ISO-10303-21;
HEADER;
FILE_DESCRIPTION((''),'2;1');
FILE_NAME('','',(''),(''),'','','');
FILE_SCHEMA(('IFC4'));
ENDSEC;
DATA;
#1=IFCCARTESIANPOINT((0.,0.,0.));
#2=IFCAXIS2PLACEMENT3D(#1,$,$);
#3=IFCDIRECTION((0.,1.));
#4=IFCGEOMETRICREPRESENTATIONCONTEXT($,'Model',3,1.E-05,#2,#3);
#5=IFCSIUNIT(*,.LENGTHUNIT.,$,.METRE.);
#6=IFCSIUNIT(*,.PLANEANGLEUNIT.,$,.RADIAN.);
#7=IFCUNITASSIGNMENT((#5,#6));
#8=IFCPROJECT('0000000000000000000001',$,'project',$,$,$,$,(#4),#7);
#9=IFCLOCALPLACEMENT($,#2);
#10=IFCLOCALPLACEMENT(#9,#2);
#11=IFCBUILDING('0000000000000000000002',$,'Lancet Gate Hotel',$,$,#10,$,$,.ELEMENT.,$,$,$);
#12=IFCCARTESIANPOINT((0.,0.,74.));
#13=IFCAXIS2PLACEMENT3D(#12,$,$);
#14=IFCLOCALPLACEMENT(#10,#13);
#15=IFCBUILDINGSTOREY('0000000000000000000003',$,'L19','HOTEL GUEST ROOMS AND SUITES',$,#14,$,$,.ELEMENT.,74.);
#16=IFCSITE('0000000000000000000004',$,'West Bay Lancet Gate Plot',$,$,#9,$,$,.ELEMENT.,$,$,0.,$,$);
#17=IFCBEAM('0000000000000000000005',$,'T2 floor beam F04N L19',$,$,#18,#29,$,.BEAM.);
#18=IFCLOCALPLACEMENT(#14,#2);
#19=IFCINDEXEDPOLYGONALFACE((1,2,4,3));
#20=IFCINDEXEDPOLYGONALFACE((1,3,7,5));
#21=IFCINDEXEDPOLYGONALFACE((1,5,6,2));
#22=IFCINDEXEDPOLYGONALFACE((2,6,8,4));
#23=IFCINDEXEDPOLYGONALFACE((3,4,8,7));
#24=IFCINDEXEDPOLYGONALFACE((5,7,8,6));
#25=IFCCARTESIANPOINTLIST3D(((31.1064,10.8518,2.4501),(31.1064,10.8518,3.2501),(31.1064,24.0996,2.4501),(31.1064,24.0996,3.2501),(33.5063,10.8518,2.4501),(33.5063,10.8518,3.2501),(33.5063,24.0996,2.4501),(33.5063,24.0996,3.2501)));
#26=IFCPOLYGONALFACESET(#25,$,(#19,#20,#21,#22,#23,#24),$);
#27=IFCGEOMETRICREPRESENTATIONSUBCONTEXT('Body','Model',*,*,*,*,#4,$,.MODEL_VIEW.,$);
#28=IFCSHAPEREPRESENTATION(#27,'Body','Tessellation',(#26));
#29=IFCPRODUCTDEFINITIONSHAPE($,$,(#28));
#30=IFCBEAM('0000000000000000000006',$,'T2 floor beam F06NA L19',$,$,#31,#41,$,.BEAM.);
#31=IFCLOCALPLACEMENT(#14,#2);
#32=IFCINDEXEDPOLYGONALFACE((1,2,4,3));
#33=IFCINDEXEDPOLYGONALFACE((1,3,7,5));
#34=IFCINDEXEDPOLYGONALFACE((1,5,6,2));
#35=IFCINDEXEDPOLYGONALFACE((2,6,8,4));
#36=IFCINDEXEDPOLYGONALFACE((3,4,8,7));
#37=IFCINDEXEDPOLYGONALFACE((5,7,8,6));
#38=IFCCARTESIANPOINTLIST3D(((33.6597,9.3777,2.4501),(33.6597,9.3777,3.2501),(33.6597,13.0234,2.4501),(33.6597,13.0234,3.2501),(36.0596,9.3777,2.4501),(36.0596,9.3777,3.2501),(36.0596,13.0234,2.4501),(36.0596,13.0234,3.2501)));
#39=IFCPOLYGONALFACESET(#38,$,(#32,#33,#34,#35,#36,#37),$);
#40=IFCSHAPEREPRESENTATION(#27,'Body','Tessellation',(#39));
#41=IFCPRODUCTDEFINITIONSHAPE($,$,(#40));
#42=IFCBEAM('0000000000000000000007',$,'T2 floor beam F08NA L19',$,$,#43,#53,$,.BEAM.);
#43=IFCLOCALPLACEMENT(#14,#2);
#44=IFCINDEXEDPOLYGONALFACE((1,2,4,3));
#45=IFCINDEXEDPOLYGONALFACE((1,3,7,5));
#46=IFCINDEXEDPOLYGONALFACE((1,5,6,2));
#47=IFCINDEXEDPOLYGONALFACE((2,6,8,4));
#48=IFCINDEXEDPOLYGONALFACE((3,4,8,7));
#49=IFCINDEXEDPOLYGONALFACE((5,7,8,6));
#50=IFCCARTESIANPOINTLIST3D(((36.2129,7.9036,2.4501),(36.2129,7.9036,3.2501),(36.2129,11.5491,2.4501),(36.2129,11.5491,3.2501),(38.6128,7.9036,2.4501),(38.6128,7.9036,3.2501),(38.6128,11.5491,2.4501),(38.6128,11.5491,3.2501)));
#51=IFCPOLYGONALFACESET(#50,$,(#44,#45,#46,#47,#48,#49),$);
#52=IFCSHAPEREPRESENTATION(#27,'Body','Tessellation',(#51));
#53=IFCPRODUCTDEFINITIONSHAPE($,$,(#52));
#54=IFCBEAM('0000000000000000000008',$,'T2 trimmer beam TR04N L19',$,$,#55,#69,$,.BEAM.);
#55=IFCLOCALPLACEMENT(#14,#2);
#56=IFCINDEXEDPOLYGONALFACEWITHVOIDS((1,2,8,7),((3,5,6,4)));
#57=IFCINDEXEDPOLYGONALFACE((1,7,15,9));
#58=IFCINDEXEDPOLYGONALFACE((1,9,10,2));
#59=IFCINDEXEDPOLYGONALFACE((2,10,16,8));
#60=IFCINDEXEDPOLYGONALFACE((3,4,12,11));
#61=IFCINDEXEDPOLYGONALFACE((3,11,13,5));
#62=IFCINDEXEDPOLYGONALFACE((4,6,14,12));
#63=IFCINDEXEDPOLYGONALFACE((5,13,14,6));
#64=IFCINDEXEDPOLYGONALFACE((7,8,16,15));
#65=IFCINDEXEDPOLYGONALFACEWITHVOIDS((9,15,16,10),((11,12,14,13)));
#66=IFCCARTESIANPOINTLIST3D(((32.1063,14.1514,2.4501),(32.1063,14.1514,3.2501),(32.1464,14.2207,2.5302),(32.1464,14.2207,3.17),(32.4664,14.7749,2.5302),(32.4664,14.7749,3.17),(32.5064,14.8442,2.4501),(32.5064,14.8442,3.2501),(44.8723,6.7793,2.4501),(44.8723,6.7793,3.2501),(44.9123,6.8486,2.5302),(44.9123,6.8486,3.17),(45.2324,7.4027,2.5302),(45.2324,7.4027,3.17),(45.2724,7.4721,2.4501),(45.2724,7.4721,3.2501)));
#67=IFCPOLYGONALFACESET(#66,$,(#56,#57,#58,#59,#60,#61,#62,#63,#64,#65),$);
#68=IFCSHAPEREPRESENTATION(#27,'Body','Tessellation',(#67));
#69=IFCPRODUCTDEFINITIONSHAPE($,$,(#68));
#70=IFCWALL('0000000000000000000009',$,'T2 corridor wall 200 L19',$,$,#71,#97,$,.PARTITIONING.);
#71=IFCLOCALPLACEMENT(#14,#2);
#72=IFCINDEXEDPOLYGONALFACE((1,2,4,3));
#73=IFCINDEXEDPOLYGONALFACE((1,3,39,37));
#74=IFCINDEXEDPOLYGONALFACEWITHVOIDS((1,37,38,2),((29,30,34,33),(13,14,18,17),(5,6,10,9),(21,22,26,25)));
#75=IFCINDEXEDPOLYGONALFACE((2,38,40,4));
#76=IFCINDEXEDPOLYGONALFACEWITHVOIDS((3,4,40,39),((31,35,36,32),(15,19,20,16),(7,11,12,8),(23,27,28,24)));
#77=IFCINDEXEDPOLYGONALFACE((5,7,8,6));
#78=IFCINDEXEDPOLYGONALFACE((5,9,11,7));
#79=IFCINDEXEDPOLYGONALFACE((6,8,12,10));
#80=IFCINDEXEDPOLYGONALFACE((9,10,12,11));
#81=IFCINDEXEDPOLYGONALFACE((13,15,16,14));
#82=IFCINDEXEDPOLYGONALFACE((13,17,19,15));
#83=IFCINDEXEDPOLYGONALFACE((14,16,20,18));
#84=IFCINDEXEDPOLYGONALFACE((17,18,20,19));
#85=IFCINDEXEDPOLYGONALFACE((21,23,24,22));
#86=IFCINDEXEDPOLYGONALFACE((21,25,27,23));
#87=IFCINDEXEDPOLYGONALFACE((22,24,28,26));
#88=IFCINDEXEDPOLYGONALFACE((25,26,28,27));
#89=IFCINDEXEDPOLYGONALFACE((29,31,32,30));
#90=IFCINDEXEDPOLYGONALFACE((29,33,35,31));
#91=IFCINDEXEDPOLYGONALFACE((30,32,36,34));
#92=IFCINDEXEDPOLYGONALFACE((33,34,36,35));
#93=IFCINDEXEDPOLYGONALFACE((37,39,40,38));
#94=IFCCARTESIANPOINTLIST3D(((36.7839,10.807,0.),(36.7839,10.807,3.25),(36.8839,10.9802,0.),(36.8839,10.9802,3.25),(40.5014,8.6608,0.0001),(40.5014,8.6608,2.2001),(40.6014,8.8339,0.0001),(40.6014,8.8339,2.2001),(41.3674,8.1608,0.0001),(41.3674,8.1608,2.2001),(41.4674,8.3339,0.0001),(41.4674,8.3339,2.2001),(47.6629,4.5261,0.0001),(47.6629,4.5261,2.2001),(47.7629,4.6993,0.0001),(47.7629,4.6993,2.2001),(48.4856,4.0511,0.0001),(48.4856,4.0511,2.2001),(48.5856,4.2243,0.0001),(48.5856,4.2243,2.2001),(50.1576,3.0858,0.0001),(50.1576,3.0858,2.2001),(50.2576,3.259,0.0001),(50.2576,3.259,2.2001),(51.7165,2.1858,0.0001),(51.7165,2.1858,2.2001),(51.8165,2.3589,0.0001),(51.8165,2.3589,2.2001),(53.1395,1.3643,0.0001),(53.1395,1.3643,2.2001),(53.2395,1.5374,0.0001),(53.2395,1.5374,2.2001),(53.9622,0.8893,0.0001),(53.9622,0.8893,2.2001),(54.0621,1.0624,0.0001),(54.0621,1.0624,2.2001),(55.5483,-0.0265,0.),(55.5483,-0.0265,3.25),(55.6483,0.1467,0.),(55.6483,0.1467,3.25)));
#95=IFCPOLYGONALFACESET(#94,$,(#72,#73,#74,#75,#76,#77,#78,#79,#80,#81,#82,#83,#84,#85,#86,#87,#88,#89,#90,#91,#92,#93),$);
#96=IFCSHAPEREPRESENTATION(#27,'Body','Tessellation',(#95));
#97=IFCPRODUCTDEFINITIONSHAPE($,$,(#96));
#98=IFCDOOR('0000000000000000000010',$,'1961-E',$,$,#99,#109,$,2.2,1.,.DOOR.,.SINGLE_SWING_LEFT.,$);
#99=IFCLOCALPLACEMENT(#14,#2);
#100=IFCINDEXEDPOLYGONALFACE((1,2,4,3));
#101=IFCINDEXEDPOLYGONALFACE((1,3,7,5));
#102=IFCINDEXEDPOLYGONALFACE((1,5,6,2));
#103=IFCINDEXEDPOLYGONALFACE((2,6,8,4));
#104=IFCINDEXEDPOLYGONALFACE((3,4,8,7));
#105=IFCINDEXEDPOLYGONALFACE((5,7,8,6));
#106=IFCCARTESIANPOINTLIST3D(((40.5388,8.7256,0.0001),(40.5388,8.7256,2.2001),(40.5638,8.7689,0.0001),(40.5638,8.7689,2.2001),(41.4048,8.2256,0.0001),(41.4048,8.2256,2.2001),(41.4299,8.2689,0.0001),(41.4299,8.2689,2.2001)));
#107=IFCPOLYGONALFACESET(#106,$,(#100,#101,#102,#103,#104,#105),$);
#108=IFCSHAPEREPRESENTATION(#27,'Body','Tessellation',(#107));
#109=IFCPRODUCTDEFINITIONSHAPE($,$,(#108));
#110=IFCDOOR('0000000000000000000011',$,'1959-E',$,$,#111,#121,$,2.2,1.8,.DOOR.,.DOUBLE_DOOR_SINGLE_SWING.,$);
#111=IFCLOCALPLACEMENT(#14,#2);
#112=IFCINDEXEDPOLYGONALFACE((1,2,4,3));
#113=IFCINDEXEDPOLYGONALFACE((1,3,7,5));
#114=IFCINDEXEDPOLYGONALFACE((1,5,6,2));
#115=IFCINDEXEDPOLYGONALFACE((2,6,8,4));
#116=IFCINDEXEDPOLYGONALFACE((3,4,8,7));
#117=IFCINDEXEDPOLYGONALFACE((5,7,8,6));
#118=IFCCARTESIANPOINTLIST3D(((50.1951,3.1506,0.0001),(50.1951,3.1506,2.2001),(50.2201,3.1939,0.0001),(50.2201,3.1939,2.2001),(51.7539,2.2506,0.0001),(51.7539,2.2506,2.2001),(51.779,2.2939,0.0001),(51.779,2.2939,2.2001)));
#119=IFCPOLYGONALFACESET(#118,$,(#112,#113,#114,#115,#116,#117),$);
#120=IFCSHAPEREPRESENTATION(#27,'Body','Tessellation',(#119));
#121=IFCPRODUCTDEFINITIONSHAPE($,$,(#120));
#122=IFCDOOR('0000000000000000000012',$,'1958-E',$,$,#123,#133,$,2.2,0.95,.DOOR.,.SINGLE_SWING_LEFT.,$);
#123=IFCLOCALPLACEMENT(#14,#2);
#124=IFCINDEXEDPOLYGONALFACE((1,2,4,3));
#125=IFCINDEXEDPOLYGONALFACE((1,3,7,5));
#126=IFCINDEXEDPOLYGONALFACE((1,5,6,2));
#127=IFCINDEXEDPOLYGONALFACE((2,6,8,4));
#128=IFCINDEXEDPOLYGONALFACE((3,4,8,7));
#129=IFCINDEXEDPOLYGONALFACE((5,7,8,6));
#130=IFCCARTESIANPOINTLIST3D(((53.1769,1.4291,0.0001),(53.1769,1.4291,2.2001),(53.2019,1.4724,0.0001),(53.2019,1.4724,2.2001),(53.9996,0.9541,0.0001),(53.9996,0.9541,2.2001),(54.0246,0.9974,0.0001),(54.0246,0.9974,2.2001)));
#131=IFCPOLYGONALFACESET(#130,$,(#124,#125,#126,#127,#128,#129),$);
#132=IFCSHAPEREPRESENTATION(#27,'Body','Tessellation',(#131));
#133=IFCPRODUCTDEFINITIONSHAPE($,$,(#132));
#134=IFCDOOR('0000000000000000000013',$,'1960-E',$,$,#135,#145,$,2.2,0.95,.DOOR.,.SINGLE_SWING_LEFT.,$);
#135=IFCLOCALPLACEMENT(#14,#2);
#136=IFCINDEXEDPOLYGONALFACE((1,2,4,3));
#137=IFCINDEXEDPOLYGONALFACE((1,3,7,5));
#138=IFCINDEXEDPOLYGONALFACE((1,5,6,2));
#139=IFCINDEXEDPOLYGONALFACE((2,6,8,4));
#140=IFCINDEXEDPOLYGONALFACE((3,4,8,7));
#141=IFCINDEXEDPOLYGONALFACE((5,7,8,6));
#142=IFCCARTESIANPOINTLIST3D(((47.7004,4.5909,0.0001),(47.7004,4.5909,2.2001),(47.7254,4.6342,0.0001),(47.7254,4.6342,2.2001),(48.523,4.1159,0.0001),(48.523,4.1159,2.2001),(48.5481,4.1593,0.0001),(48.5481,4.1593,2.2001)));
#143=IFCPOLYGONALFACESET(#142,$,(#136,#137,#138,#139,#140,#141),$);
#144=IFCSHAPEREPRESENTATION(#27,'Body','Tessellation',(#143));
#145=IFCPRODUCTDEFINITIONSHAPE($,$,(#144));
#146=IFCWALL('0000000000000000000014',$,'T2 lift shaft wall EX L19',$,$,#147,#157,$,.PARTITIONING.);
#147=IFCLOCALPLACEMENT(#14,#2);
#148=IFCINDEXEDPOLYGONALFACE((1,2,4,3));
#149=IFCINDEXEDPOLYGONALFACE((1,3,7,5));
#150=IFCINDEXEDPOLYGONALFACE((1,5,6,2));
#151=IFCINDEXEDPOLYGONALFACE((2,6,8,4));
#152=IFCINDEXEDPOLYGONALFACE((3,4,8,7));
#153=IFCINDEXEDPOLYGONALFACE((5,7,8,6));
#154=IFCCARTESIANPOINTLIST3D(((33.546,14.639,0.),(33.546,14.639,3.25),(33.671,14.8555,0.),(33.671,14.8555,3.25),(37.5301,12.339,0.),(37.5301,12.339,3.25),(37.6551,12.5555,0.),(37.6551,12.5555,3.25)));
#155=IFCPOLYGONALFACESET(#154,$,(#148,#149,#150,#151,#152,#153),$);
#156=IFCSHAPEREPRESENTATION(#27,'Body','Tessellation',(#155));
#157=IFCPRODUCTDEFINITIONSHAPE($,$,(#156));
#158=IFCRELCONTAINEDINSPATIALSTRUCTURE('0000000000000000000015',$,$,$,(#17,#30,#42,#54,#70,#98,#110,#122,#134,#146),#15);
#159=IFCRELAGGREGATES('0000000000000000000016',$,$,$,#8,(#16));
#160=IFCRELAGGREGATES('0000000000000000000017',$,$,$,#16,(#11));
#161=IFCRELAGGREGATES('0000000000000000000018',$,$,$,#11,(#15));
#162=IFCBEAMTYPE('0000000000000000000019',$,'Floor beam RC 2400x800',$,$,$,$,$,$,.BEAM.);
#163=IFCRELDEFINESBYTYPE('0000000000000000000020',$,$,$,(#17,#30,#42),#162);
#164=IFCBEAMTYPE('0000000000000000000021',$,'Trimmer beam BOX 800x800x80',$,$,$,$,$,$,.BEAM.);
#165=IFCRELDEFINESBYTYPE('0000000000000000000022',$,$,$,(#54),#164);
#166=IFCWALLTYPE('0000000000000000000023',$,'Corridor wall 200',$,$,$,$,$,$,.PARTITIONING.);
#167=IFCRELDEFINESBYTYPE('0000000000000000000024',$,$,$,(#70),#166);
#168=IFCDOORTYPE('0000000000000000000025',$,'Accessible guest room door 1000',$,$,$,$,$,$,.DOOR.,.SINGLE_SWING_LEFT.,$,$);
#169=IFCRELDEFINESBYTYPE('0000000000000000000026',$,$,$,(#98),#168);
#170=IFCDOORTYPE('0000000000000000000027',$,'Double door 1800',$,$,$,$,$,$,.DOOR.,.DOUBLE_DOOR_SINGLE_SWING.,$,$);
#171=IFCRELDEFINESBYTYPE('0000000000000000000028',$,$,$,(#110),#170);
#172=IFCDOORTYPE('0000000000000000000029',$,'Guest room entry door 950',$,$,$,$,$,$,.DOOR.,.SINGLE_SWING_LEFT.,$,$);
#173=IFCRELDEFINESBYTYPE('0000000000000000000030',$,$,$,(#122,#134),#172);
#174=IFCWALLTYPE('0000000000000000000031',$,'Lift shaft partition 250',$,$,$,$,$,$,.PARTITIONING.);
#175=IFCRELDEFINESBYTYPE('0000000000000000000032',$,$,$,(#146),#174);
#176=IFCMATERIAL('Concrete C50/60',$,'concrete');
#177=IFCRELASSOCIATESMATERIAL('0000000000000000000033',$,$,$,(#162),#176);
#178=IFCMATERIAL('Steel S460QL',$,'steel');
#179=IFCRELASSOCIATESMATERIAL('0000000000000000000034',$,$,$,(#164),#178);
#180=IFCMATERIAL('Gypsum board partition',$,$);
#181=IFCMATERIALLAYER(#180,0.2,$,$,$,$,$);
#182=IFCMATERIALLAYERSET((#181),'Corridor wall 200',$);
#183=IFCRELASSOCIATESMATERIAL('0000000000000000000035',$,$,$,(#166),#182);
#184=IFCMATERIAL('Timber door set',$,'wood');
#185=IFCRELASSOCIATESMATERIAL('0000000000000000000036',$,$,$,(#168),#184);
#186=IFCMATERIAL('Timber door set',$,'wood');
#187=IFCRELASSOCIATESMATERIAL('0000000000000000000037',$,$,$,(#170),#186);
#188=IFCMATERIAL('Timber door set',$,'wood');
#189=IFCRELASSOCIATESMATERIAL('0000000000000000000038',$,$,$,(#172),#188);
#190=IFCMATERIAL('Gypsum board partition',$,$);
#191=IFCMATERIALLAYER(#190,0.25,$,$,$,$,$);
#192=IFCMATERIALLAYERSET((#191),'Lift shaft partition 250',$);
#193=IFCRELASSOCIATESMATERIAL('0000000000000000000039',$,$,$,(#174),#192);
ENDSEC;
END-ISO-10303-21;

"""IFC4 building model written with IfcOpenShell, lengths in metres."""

from ifc_helpers import new_model, si_unit, direction, frame, frame_2d, origin, origin_2d, place, context, subcontext, project, spatial, rectangle, hollow_rectangle, extrude, material, layer, layer_set, material_profile, profile_set, type_object, element, fill, save


model = new_model("IFC4")

# Units and contexts
model_context = context("Model", 3, precision=1e-05, world=origin(), true_north=direction((0.0, 1.0)))
body_context = subcontext(model_context, "Body", "Model", "MODEL_VIEW")
ifc_project = project(units=[si_unit("LENGTHUNIT", "METRE"), si_unit("PLANEANGLEUNIT", "RADIAN")], contexts=[model_context])

# Site, building, storey
site_placement = place(None, origin())
site = spatial("IfcSite", under=ifc_project, at=site_placement, Name="West Bay Lancet Gate Plot", CompositionType="ELEMENT", RefElevation=0.0)
building_placement = place(site_placement, origin())
building = spatial("IfcBuilding", under=site, at=building_placement, Name="Lancet Gate Hotel", CompositionType="ELEMENT")
storey_placement = place(building_placement, frame((0.0, 0.0, 74.0)))
storey = spatial("IfcBuildingStorey", under=building, at=storey_placement, Name="L19", Description="HOTEL GUEST ROOMS AND SUITES", CompositionType="ELEMENT", Elevation=74.0)

# Beams
ifc_material_1 = material(Name="Concrete C50/60", Category="concrete")
ifc_material_profile_1 = material_profile(ifc_material_1, rectangle(XDim=2.3999, YDim=0.8, at=origin_2d()), Name="RC 2400x800")
ifc_profile_set_1 = profile_set([ifc_material_profile_1], Name="Concrete C50/60")
beam_type_1 = type_object("IfcBeamType", Name="Floor beam RC 2400x800", PredefinedType="BEAM", material=ifc_profile_set_1)
beam_1_placement = place(storey_placement, frame((32.3064, 10.8518, 2.8501), z_axis=(0.0, 1.0, 0.0), x_axis=(-1.0, 0.0, 0.0)))
element("IfcBeam", 1, at=beam_1_placement, inside=storey, type_object=beam_type_1, Name="T2 floor beam F04N L19", PredefinedType="BEAM", context=body_context, shape_type="SweptSolid", body=[
    extrude(rectangle(XDim=2.3999, YDim=0.8, at=origin_2d()), origin(), (0.0, 0.0, 1.0), 13.2478),
])
beam_2_placement = place(storey_placement, frame((34.8596, 9.3777, 2.8501), z_axis=(0.0, 1.0, 0.0), x_axis=(-1.0, 0.0, 0.0)))
element("IfcBeam", 2, at=beam_2_placement, inside=storey, type_object=beam_type_1, Name="T2 floor beam F06NA L19", PredefinedType="BEAM", context=body_context, shape_type="SweptSolid", body=[
    extrude(rectangle(XDim=2.3999, YDim=0.8, at=origin_2d()), origin(), (0.0, 0.0, 1.0), 3.6458),
])
beam_3_placement = place(storey_placement, frame((37.4128, 7.9036, 2.8501), z_axis=(0.0, 1.0, 0.0), x_axis=(-1.0, 0.0, 0.0)))
element("IfcBeam", 3, at=beam_3_placement, inside=storey, type_object=beam_type_1, Name="T2 floor beam F08NA L19", PredefinedType="BEAM", context=body_context, shape_type="SweptSolid", body=[
    extrude(rectangle(XDim=2.3999, YDim=0.8, at=origin_2d()), origin(), (0.0, 0.0, 1.0), 3.6455),
])
ifc_material_2 = material(Name="Steel S460QL", Category="steel")
ifc_material_profile_2 = material_profile(ifc_material_2, hollow_rectangle(XDim=0.8, YDim=0.8, WallThickness=0.0801, at=origin_2d()), Name="BOX 800x800x80")
ifc_profile_set_2 = profile_set([ifc_material_profile_2], Name="Steel S460QL")
beam_type_2 = type_object("IfcBeamType", Name="Trimmer beam BOX 800x800x80", PredefinedType="BEAM", material=ifc_profile_set_2)
beam_4_placement = place(storey_placement, frame((32.3064, 14.4978, 2.8501), z_axis=(0.865976, -0.500086, 0.0), x_axis=(0.500086, 0.865976, 0.0)))
element("IfcBeam", 4, at=beam_4_placement, inside=storey, type_object=beam_type_2, Name="T2 trimmer beam TR04N L19", PredefinedType="BEAM", context=body_context, shape_type="SweptSolid", body=[
    extrude(hollow_rectangle(XDim=0.8, YDim=0.8, WallThickness=0.0801, at=origin_2d()), origin(), (0.0, 0.0, 1.0), 14.7417),
])

# Wall, openings, doors
ifc_material_3 = material(Name="Gypsum board partition")
ifc_layer_1 = layer(ifc_material_3, 0.2)
ifc_layer_set_1 = layer_set([ifc_layer_1], Name="Corridor wall 200")
wall_type_1 = type_object("IfcWallType", Name="Corridor wall 200", PredefinedType="PARTITIONING", material=ifc_layer_set_1)
wall_1_placement = place(storey_placement, frame((36.834, 10.8936, 0.0), z_axis=(0.0, 0.0, 1.0), x_axis=(0.866028, -0.499995, 0.0)))
wall_1 = element("IfcWall", 5, at=wall_1_placement, inside=storey, type_object=wall_type_1, Name="T2 corridor wall 200 L19", PredefinedType="PARTITIONING", context=body_context, shape_type="SweptSolid", body=[
    extrude(rectangle(XDim=21.6672, YDim=0.2, at=frame_2d((10.8335, 0.0))), origin(), (0.0, 0.0, 1.0), 3.25),
])
opening_1_placement = place(wall_1_placement, frame((18.8855, 0.0, 0.0)))
opening_1 = element("IfcOpeningElement", 6, at=opening_1_placement, cuts=wall_1, PredefinedType="OPENING", context=body_context, shape_type="SweptSolid", body=[
    extrude(rectangle(XDim=0.95, YDim=2.2, at=frame_2d((0.4751, 1.1001))), frame((0.0, 0.1099, 0.0), z_axis=(0.0, -1.0, 0.0), x_axis=(1.0, 0.0, 0.0)), (0.0, 0.0, 1.0), 0.22),
])
opening_2_placement = place(wall_1_placement, frame((15.4426, 0.0, 0.0)))
opening_2 = element("IfcOpeningElement", 7, at=opening_2_placement, cuts=wall_1, PredefinedType="OPENING", context=body_context, shape_type="SweptSolid", body=[
    extrude(rectangle(XDim=1.8, YDim=2.2, at=frame_2d((0.8999, 1.1001))), frame((0.0, 0.1099, 0.0), z_axis=(0.0, -1.0, 0.0), x_axis=(1.0, 0.0, 0.0)), (0.0, 0.0, 1.0), 0.22),
])
opening_3_placement = place(wall_1_placement, frame((12.5618, 0.0, 0.0)))
opening_3 = element("IfcOpeningElement", 8, at=opening_3_placement, cuts=wall_1, PredefinedType="OPENING", context=body_context, shape_type="SweptSolid", body=[
    extrude(rectangle(XDim=0.95, YDim=2.2, at=frame_2d((0.4751, 1.1001))), frame((0.0, 0.1099, 0.0), z_axis=(0.0, -1.0, 0.0), x_axis=(1.0, 0.0, 0.0)), (0.0, 0.0, 1.0), 0.22),
])
opening_4_placement = place(wall_1_placement, frame((4.2925, 0.0, 0.0)))
opening_4 = element("IfcOpeningElement", 9, at=opening_4_placement, cuts=wall_1, PredefinedType="OPENING", context=body_context, shape_type="SweptSolid", body=[
    extrude(rectangle(XDim=1.0, YDim=2.2, at=frame_2d((0.5, 1.1001))), frame((0.0, 0.1099, 0.0), z_axis=(0.0, -1.0, 0.0), x_axis=(1.0, 0.0, 0.0)), (0.0, 0.0, 1.0), 0.22),
])
ifc_material_4 = material(Name="Timber door set", Category="wood")
door_type_1 = type_object("IfcDoorType", Name="Accessible guest room door 1000", OperationType="SINGLE_SWING_LEFT", PredefinedType="DOOR", material=ifc_material_4)
door_1_placement = place(opening_4_placement, origin())
door_1 = element("IfcDoor", 10, at=door_1_placement, inside=storey, type_object=door_type_1, Name="1961-E", OperationType="SINGLE_SWING_LEFT", OverallHeight=2.2, OverallWidth=1.0, PredefinedType="DOOR", context=body_context, shape_type="SweptSolid", body=[
    extrude(rectangle(XDim=1.0, YDim=2.2, at=frame_2d((0.5, 1.1001))), frame((0.0, 0.0249, 0.0), z_axis=(0.0, -1.0, 0.0), x_axis=(1.0, 0.0, 0.0)), (0.0, 0.0, 1.0), 0.05),
])
fill(opening_4, door_1)
ifc_material_5 = material(Name="Timber door set", Category="wood")
door_type_2 = type_object("IfcDoorType", Name="Double door 1800", OperationType="DOUBLE_DOOR_SINGLE_SWING", PredefinedType="DOOR", material=ifc_material_5)
door_2_placement = place(opening_2_placement, origin())
door_2 = element("IfcDoor", 11, at=door_2_placement, inside=storey, type_object=door_type_2, Name="1959-E", OperationType="DOUBLE_DOOR_SINGLE_SWING", OverallHeight=2.2, OverallWidth=1.8, PredefinedType="DOOR", context=body_context, shape_type="SweptSolid", body=[
    extrude(rectangle(XDim=1.8, YDim=2.2, at=frame_2d((0.8999, 1.1001))), frame((0.0, 0.0249, 0.0), z_axis=(0.0, -1.0, 0.0), x_axis=(1.0, 0.0, 0.0)), (0.0, 0.0, 1.0), 0.05),
])
fill(opening_2, door_2)
ifc_material_6 = material(Name="Timber door set", Category="wood")
door_type_3 = type_object("IfcDoorType", Name="Guest room entry door 950", OperationType="SINGLE_SWING_LEFT", PredefinedType="DOOR", material=ifc_material_6)
door_3_placement = place(opening_1_placement, origin())
door_3 = element("IfcDoor", 12, at=door_3_placement, inside=storey, type_object=door_type_3, Name="1958-E", OperationType="SINGLE_SWING_LEFT", OverallHeight=2.2, OverallWidth=0.95, PredefinedType="DOOR", context=body_context, shape_type="SweptSolid", body=[
    extrude(rectangle(XDim=0.95, YDim=2.2, at=frame_2d((0.4751, 1.1001))), frame((0.0, 0.0249, 0.0), z_axis=(0.0, -1.0, 0.0), x_axis=(1.0, 0.0, 0.0)), (0.0, 0.0, 1.0), 0.05),
])
fill(opening_1, door_3)
door_4_placement = place(opening_3_placement, origin())
door_4 = element("IfcDoor", 13, at=door_4_placement, inside=storey, type_object=door_type_3, Name="1960-E", OperationType="SINGLE_SWING_LEFT", OverallHeight=2.2, OverallWidth=0.95, PredefinedType="DOOR", context=body_context, shape_type="SweptSolid", body=[
    extrude(rectangle(XDim=0.95, YDim=2.2, at=frame_2d((0.4751, 1.1001))), frame((0.0, 0.0249, 0.0), z_axis=(0.0, -1.0, 0.0), x_axis=(1.0, 0.0, 0.0)), (0.0, 0.0, 1.0), 0.05),
])
fill(opening_3, door_4)

# Wall
ifc_material_7 = material(Name="Gypsum board partition")
ifc_layer_2 = layer(ifc_material_7, 0.25)
ifc_layer_set_2 = layer_set([ifc_layer_2], Name="Lift shaft partition 250")
wall_type_2 = type_object("IfcWallType", Name="Lift shaft partition 250", PredefinedType="PARTITIONING", material=ifc_layer_set_2)
wall_2_placement = place(storey_placement, frame((33.6084, 14.7473, 0.0), z_axis=(0.0, 0.0, 1.0), x_axis=(0.866043, -0.499969, 0.0)))
element("IfcWall", 14, at=wall_2_placement, inside=storey, type_object=wall_type_2, Name="T2 lift shaft wall EX L19", PredefinedType="PARTITIONING", context=body_context, shape_type="SweptSolid", body=[
    extrude(rectangle(XDim=4.6003, YDim=0.25, at=frame_2d((2.3003, 0.0))), origin(), (0.0, 0.0, 1.0), 3.25),
])

save(model, "model.ifc")
